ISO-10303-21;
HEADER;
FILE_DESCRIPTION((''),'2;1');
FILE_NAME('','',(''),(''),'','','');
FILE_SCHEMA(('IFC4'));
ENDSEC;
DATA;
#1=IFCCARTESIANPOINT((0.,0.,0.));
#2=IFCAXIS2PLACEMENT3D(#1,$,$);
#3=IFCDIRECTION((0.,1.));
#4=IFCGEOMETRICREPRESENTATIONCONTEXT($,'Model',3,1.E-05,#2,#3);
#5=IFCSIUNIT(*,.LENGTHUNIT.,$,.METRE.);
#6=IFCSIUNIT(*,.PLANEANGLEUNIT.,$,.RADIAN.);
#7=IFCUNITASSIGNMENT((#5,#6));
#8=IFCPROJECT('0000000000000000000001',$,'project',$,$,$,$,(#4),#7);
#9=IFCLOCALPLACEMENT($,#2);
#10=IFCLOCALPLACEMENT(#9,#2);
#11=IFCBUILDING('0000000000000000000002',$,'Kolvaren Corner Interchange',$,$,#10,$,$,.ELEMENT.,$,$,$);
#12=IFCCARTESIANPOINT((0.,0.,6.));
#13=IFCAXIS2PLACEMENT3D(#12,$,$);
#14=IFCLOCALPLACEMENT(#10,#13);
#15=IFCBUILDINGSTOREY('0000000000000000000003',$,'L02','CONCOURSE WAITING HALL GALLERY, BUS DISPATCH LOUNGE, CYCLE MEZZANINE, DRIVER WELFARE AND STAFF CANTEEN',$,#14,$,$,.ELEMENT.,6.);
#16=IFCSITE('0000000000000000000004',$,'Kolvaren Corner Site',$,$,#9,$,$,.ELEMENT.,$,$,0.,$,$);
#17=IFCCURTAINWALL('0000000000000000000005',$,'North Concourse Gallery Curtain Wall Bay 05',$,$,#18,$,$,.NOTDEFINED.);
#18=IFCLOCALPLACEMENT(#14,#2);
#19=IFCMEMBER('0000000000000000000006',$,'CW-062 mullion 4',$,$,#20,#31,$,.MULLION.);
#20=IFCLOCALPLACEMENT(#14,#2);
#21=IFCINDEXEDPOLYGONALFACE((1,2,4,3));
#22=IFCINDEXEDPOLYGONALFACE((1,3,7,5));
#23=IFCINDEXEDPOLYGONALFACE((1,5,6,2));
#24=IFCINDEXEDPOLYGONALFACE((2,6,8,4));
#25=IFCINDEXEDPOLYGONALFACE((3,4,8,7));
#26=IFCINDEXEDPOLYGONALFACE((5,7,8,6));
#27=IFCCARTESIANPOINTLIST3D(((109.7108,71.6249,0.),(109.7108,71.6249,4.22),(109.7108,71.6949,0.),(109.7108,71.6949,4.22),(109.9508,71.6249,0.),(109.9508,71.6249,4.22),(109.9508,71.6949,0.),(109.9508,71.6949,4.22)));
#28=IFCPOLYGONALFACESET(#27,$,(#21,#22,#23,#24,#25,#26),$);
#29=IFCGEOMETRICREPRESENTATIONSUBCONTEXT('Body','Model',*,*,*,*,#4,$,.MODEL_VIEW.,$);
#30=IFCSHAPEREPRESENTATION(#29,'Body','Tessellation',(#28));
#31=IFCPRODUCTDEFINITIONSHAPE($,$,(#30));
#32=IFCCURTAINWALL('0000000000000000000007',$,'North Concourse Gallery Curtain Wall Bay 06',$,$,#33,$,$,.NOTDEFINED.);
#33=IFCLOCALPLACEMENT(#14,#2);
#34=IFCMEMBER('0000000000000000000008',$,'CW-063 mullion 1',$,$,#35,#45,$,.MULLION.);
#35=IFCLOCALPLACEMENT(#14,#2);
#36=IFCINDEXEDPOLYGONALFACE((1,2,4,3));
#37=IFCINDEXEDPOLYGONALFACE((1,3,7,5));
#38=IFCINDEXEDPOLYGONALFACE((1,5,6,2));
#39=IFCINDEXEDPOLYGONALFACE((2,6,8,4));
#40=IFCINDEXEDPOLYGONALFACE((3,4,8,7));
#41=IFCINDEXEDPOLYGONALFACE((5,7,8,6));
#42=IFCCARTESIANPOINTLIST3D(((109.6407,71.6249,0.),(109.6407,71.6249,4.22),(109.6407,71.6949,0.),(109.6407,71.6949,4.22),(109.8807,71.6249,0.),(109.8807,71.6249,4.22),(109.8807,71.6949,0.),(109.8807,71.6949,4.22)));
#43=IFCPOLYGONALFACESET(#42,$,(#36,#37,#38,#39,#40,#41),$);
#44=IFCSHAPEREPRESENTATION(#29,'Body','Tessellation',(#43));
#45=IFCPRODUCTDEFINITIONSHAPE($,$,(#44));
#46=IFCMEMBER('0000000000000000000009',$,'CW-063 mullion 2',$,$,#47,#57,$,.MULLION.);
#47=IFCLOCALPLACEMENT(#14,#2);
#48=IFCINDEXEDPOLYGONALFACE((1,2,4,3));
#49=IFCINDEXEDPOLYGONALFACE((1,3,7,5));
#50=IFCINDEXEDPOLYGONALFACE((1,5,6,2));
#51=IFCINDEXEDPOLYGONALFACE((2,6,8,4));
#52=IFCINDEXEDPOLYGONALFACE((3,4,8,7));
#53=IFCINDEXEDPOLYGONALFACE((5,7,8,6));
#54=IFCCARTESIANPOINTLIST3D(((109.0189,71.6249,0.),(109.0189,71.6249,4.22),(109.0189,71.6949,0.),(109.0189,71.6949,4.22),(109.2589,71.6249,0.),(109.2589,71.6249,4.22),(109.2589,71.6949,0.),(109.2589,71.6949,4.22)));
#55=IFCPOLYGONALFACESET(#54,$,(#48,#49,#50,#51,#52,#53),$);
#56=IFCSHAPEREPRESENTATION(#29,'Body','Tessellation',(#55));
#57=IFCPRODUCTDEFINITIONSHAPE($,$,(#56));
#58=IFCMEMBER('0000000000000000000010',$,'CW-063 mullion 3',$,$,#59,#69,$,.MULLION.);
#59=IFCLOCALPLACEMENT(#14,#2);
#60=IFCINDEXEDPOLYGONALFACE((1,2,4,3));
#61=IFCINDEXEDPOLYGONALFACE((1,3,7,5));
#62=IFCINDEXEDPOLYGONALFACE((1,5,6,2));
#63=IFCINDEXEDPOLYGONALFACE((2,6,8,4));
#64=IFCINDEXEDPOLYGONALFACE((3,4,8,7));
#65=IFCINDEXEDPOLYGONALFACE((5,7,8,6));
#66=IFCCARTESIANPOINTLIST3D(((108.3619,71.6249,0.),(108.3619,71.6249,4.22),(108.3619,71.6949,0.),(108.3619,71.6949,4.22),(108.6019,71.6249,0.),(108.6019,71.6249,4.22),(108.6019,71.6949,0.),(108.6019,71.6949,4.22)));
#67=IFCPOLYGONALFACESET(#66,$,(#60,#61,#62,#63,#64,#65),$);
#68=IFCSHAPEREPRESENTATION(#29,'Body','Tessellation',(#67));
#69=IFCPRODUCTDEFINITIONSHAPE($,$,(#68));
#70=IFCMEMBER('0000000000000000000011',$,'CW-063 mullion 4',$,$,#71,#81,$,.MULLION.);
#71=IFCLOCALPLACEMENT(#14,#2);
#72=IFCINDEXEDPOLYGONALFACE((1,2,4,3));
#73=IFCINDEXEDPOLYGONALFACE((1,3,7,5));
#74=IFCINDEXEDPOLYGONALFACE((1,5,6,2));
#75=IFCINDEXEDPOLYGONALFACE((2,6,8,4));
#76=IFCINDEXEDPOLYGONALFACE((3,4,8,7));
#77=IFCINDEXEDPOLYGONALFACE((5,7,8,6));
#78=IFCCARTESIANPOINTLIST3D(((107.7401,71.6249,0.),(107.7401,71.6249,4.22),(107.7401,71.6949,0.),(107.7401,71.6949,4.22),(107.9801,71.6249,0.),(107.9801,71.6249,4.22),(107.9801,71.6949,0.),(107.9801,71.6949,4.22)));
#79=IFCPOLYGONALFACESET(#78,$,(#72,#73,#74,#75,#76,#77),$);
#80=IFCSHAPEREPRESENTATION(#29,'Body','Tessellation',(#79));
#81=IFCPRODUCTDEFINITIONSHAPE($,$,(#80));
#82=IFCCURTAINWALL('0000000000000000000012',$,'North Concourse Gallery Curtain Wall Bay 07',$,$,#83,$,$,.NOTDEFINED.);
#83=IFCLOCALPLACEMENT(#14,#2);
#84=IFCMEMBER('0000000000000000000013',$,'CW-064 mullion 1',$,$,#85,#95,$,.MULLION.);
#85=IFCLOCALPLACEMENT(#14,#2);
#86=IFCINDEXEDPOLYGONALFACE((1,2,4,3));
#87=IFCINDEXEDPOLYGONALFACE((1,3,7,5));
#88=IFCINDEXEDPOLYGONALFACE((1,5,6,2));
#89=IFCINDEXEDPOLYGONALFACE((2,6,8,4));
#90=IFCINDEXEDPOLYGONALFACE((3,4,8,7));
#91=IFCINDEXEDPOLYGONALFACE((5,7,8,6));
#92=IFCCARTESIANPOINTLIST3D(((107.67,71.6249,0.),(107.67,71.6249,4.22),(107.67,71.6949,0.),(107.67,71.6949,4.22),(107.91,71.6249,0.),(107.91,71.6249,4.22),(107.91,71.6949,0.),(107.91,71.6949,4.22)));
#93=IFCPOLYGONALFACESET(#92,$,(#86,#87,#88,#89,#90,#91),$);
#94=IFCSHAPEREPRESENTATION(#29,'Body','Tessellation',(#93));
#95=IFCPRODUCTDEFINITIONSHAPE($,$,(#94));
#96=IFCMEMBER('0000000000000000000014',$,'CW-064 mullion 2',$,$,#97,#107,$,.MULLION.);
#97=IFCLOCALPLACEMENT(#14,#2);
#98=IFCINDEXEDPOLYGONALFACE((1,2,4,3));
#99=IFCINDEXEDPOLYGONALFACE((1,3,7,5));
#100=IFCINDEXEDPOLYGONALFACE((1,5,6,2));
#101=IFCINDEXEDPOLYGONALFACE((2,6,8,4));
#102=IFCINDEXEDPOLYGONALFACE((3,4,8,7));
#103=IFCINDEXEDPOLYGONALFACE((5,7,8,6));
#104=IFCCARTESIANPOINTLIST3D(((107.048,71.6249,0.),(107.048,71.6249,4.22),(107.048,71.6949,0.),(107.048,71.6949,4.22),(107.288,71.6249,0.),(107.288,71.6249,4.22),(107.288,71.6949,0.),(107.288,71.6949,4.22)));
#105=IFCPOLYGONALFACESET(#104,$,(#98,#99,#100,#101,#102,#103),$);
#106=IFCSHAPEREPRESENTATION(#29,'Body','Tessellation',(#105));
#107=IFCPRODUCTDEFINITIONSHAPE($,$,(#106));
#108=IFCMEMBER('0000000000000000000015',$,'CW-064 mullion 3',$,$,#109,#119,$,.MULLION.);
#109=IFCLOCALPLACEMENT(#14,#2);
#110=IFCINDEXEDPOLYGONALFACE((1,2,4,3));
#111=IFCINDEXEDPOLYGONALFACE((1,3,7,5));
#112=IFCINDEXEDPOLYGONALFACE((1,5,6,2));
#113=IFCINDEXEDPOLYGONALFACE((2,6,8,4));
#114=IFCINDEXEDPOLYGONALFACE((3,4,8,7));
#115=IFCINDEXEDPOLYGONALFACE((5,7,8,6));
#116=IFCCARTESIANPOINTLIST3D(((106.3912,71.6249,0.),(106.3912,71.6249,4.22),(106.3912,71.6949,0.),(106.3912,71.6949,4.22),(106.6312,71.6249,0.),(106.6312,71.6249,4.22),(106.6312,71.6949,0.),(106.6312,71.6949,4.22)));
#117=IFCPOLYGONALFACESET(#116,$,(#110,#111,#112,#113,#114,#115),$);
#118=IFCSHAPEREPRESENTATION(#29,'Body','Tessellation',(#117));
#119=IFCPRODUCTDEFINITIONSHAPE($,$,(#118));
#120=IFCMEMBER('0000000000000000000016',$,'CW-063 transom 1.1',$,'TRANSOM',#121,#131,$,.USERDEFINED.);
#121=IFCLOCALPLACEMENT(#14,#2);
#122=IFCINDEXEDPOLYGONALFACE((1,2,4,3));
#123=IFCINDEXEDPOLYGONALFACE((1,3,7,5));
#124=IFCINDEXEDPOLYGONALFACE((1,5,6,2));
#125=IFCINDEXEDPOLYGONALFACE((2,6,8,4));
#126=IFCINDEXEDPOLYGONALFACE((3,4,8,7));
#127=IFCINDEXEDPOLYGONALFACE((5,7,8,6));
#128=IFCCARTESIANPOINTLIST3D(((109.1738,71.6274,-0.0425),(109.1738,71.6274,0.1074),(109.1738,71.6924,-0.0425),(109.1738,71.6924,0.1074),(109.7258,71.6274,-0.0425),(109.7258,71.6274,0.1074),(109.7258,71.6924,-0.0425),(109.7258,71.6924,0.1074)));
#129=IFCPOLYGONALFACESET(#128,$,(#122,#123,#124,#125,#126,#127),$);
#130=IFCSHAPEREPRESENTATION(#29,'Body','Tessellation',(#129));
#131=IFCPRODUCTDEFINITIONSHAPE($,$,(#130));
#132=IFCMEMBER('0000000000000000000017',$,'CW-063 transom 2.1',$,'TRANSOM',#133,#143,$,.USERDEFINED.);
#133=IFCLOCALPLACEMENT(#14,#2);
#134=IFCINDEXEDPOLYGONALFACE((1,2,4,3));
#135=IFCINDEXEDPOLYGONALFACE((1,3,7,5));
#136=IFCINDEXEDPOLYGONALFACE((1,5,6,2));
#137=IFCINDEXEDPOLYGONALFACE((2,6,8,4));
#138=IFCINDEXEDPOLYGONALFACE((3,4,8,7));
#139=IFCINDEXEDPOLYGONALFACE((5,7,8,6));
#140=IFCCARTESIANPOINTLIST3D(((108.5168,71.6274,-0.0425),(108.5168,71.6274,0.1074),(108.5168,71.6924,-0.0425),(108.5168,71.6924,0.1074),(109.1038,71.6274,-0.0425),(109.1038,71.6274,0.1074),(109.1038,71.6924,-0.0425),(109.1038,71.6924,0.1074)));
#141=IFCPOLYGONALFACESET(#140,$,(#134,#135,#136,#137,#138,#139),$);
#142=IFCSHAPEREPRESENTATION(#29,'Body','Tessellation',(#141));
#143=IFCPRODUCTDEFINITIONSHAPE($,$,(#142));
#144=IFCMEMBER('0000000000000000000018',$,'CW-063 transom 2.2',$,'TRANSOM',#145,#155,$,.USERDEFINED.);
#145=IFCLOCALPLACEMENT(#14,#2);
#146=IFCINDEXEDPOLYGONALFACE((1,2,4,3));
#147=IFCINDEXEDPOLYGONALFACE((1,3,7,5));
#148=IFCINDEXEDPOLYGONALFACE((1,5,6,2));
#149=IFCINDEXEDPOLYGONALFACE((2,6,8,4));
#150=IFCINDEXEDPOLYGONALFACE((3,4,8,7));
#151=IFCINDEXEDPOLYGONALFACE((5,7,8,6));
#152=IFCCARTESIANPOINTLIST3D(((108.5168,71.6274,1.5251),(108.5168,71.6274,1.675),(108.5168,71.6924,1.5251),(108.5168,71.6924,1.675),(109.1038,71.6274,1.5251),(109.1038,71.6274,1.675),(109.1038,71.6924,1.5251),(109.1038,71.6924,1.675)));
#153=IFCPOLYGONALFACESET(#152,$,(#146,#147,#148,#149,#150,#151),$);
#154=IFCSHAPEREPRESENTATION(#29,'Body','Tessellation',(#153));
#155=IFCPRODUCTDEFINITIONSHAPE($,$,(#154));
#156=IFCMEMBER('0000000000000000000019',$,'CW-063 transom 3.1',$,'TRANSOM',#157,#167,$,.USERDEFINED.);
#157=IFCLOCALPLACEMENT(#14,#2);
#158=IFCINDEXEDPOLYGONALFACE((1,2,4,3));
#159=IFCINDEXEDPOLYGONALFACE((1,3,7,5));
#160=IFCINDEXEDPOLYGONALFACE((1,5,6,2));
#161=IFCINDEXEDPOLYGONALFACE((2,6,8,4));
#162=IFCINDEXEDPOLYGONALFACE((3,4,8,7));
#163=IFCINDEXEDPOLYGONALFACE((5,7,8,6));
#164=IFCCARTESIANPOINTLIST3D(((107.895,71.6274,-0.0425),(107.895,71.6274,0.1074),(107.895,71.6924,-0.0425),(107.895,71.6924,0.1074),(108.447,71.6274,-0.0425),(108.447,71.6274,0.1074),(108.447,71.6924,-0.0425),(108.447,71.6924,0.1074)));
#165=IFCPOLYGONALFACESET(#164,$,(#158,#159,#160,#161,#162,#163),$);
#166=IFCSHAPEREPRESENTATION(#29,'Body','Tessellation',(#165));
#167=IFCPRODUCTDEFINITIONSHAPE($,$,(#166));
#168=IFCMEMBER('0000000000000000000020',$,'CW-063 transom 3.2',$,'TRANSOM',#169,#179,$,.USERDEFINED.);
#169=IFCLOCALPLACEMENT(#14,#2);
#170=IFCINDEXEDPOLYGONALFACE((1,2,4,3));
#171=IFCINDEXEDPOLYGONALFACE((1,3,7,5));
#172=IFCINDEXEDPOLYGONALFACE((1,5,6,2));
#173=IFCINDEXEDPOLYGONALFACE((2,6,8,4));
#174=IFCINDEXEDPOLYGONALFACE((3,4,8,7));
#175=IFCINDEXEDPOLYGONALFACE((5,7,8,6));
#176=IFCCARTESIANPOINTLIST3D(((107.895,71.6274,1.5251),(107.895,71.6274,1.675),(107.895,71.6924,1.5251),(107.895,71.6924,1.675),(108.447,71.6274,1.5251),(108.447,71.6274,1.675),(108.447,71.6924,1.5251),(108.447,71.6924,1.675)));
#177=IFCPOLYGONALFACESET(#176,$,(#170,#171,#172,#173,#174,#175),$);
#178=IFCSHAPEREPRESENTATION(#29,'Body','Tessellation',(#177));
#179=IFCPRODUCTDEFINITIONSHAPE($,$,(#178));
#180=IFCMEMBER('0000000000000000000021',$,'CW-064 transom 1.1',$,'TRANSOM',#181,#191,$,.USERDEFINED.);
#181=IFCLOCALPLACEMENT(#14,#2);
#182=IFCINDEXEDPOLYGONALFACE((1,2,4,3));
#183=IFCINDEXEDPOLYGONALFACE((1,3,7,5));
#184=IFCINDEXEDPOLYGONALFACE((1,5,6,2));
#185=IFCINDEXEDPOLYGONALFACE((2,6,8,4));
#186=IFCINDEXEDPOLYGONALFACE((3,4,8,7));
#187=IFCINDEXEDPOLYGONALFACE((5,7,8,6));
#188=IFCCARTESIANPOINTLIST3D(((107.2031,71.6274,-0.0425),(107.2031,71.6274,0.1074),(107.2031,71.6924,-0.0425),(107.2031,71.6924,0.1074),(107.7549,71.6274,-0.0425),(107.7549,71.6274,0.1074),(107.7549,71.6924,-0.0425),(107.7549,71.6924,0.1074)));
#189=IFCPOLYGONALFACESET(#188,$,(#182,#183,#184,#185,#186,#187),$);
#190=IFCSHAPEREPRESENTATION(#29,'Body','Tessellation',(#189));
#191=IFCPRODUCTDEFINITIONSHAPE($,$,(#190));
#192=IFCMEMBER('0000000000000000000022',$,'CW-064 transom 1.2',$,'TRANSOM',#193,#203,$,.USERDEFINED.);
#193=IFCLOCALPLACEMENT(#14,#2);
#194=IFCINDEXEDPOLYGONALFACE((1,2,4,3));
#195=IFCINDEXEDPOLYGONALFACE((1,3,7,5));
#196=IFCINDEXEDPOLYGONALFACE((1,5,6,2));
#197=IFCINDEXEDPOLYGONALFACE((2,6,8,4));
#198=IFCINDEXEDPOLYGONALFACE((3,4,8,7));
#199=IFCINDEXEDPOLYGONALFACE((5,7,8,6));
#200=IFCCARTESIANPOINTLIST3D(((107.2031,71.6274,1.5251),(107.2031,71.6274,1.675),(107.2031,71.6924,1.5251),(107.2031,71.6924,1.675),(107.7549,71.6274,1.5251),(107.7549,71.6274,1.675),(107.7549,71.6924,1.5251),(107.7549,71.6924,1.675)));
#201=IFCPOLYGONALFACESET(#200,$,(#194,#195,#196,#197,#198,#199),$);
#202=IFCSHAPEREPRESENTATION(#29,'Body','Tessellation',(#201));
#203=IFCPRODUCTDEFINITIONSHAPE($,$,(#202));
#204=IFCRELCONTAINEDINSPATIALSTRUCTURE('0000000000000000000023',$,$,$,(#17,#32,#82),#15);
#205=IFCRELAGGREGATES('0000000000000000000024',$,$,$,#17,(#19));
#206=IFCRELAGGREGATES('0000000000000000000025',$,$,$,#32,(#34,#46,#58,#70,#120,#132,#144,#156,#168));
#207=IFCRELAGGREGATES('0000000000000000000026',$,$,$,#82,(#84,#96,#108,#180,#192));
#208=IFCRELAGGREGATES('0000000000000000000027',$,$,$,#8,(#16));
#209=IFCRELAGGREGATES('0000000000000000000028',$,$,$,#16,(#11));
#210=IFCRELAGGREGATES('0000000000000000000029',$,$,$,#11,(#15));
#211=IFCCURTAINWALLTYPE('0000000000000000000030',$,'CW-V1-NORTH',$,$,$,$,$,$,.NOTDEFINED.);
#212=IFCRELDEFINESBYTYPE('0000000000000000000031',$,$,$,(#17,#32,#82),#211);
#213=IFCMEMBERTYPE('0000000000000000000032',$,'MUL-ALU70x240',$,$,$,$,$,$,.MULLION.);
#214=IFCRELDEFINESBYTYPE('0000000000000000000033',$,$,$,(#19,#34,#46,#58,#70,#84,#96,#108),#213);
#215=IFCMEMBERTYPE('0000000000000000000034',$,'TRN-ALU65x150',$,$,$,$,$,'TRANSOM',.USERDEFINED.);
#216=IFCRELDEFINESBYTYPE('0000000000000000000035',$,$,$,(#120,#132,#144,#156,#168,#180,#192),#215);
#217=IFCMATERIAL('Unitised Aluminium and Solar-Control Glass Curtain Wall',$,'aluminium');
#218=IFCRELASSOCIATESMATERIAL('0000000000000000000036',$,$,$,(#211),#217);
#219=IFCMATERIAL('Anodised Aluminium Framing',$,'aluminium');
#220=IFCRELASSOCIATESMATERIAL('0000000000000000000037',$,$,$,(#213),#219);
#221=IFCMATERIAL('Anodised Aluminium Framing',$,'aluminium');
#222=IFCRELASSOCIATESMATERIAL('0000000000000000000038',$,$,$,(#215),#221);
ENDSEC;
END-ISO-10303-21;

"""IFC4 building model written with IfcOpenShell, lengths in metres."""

from ifc_helpers import new_model, si_unit, direction, frame, origin, origin_2d, place, context, subcontext, project, spatial, rectangle, extrude, material, material_profile, profile_set, type_object, element, aggregate, save


model = new_model("IFC4")

# Units and contexts
model_context = context("Model", 3, precision=1e-05, world=origin(), true_north=direction((0.0, 1.0)))
body_context = subcontext(model_context, "Body", "Model", "MODEL_VIEW")
ifc_project = project(units=[si_unit("LENGTHUNIT", "METRE"), si_unit("PLANEANGLEUNIT", "RADIAN")], contexts=[model_context])

# Site, building, storey
site_placement = place(None, origin())
site = spatial("IfcSite", under=ifc_project, at=site_placement, Name="Kolvaren Corner Site", CompositionType="ELEMENT", RefElevation=0.0)
building_placement = place(site_placement, origin())
building = spatial("IfcBuilding", under=site, at=building_placement, Name="Kolvaren Corner Interchange", CompositionType="ELEMENT")
storey_placement = place(building_placement, frame((0.0, 0.0, 6.0)))
storey = spatial("IfcBuildingStorey", under=building, at=storey_placement, Name="L02", Description="CONCOURSE WAITING HALL GALLERY, BUS DISPATCH LOUNGE, CYCLE MEZZANINE, DRIVER WELFARE AND STAFF CANTEEN", CompositionType="ELEMENT", Elevation=6.0)

# Curtain wall, member
ifc_material_1 = material(Name="Unitised Aluminium and Solar-Control Glass Curtain Wall", Category="aluminium")
curtain_wall_type = type_object("IfcCurtainWallType", Name="CW-V1-NORTH", PredefinedType="NOTDEFINED", material=ifc_material_1)
curtain_wall_1_placement = place(storey_placement, origin())
curtain_wall_1 = element("IfcCurtainWall", 1, at=curtain_wall_1_placement, inside=storey, type_object=curtain_wall_type, Name="North Concourse Gallery Curtain Wall Bay 05", PredefinedType="NOTDEFINED")
ifc_material_2 = material(Name="Anodised Aluminium Framing", Category="aluminium")
ifc_material_profile_1 = material_profile(ifc_material_2, rectangle(XDim=0.0701, YDim=0.24, at=origin_2d()), Name="ALU 70x240")
ifc_profile_set_1 = profile_set([ifc_material_profile_1], Name="Anodised Aluminium Framing")
member_type_1 = type_object("IfcMemberType", Name="MUL-ALU70x240", PredefinedType="MULLION", material=ifc_profile_set_1)
member_1_placement = place(storey_placement, frame((109.8308, 71.6599, 0.0), z_axis=(0.0, 0.0, 1.0), x_axis=(0.0, -1.0, 0.0)))
member_1 = element("IfcMember", 2, at=member_1_placement, type_object=member_type_1, Name="CW-062 mullion 4", PredefinedType="MULLION", context=body_context, shape_type="SweptSolid", body=[
    extrude(rectangle(XDim=0.0701, YDim=0.24, at=origin_2d()), origin(), (0.0, 0.0, 1.0), 4.22),
])
aggregate(curtain_wall_1, [member_1])

# Curtain walls, members
curtain_wall_2_placement = place(storey_placement, origin())
curtain_wall_2 = element("IfcCurtainWall", 3, at=curtain_wall_2_placement, inside=storey, type_object=curtain_wall_type, Name="North Concourse Gallery Curtain Wall Bay 06", PredefinedType="NOTDEFINED")
member_2_placement = place(storey_placement, frame((109.7607, 71.6599, 0.0), z_axis=(0.0, 0.0, 1.0), x_axis=(0.0, -1.0, 0.0)))
member_2 = element("IfcMember", 4, at=member_2_placement, type_object=member_type_1, Name="CW-063 mullion 1", PredefinedType="MULLION", context=body_context, shape_type="SweptSolid", body=[
    extrude(rectangle(XDim=0.0701, YDim=0.24, at=origin_2d()), origin(), (0.0, 0.0, 1.0), 4.22),
])
member_3_placement = place(storey_placement, frame((109.1389, 71.6599, 0.0), z_axis=(0.0, 0.0, 1.0), x_axis=(0.0, -1.0, 0.0)))
member_3 = element("IfcMember", 5, at=member_3_placement, type_object=member_type_1, Name="CW-063 mullion 2", PredefinedType="MULLION", context=body_context, shape_type="SweptSolid", body=[
    extrude(rectangle(XDim=0.0701, YDim=0.24, at=origin_2d()), origin(), (0.0, 0.0, 1.0), 4.22),
])
member_4_placement = place(storey_placement, frame((108.4819, 71.6599, 0.0), z_axis=(0.0, 0.0, 1.0), x_axis=(0.0, -1.0, 0.0)))
member_4 = element("IfcMember", 6, at=member_4_placement, type_object=member_type_1, Name="CW-063 mullion 3", PredefinedType="MULLION", context=body_context, shape_type="SweptSolid", body=[
    extrude(rectangle(XDim=0.0701, YDim=0.24, at=origin_2d()), origin(), (0.0, 0.0, 1.0), 4.22),
])
member_5_placement = place(storey_placement, frame((107.8601, 71.6599, 0.0), z_axis=(0.0, 0.0, 1.0), x_axis=(0.0, -1.0, 0.0)))
member_5 = element("IfcMember", 7, at=member_5_placement, type_object=member_type_1, Name="CW-063 mullion 4", PredefinedType="MULLION", context=body_context, shape_type="SweptSolid", body=[
    extrude(rectangle(XDim=0.0701, YDim=0.24, at=origin_2d()), origin(), (0.0, 0.0, 1.0), 4.22),
])
curtain_wall_3_placement = place(storey_placement, origin())
curtain_wall_3 = element("IfcCurtainWall", 8, at=curtain_wall_3_placement, inside=storey, type_object=curtain_wall_type, Name="North Concourse Gallery Curtain Wall Bay 07", PredefinedType="NOTDEFINED")
member_6_placement = place(storey_placement, frame((107.79, 71.6599, 0.0), z_axis=(0.0, 0.0, 1.0), x_axis=(0.0, -1.0, 0.0)))
member_6 = element("IfcMember", 9, at=member_6_placement, type_object=member_type_1, Name="CW-064 mullion 1", PredefinedType="MULLION", context=body_context, shape_type="SweptSolid", body=[
    extrude(rectangle(XDim=0.0701, YDim=0.24, at=origin_2d()), origin(), (0.0, 0.0, 1.0), 4.22),
])
member_7_placement = place(storey_placement, frame((107.168, 71.6599, 0.0), z_axis=(0.0, 0.0, 1.0), x_axis=(0.0, -1.0, 0.0)))
member_7 = element("IfcMember", 10, at=member_7_placement, type_object=member_type_1, Name="CW-064 mullion 2", PredefinedType="MULLION", context=body_context, shape_type="SweptSolid", body=[
    extrude(rectangle(XDim=0.0701, YDim=0.24, at=origin_2d()), origin(), (0.0, 0.0, 1.0), 4.22),
])
member_8_placement = place(storey_placement, frame((106.5112, 71.6599, 0.0), z_axis=(0.0, 0.0, 1.0), x_axis=(0.0, -1.0, 0.0)))
member_8 = element("IfcMember", 11, at=member_8_placement, type_object=member_type_1, Name="CW-064 mullion 3", PredefinedType="MULLION", context=body_context, shape_type="SweptSolid", body=[
    extrude(rectangle(XDim=0.0701, YDim=0.24, at=origin_2d()), origin(), (0.0, 0.0, 1.0), 4.22),
])

# Members
ifc_material_3 = material(Name="Anodised Aluminium Framing", Category="aluminium")
ifc_material_profile_2 = material_profile(ifc_material_3, rectangle(XDim=0.0649, YDim=0.1499, at=origin_2d()), Name="ALU 65x150")
ifc_profile_set_2 = profile_set([ifc_material_profile_2], Name="Anodised Aluminium Framing")
member_type_2 = type_object("IfcMemberType", Name="TRN-ALU65x150", ElementType="TRANSOM", PredefinedType="USERDEFINED", material=ifc_profile_set_2)
member_9_placement = place(storey_placement, frame((109.7258, 71.6599, 0.0325), z_axis=(-1.0, 0.0, 0.0), x_axis=(0.0, -1.0, 0.0)))
member_9 = element("IfcMember", 12, at=member_9_placement, type_object=member_type_2, Name="CW-063 transom 1.1", ObjectType="TRANSOM", PredefinedType="USERDEFINED", context=body_context, shape_type="SweptSolid", body=[
    extrude(rectangle(XDim=0.0649, YDim=0.1499, at=origin_2d()), origin(), (0.0, 0.0, 1.0), 0.552),
])
member_10_placement = place(storey_placement, frame((109.1038, 71.6599, 0.0325), z_axis=(-1.0, 0.0, 0.0), x_axis=(0.0, -1.0, 0.0)))
member_10 = element("IfcMember", 13, at=member_10_placement, type_object=member_type_2, Name="CW-063 transom 2.1", ObjectType="TRANSOM", PredefinedType="USERDEFINED", context=body_context, shape_type="SweptSolid", body=[
    extrude(rectangle(XDim=0.0649, YDim=0.1499, at=origin_2d()), origin(), (0.0, 0.0, 1.0), 0.5869),
])
member_11_placement = place(storey_placement, frame((109.1038, 71.6599, 1.6001), z_axis=(-1.0, 0.0, 0.0), x_axis=(0.0, -1.0, 0.0)))
member_11 = element("IfcMember", 14, at=member_11_placement, type_object=member_type_2, Name="CW-063 transom 2.2", ObjectType="TRANSOM", PredefinedType="USERDEFINED", context=body_context, shape_type="SweptSolid", body=[
    extrude(rectangle(XDim=0.0649, YDim=0.1499, at=origin_2d()), origin(), (0.0, 0.0, 1.0), 0.5869),
])
member_12_placement = place(storey_placement, frame((108.447, 71.6599, 0.0325), z_axis=(-1.0, 0.0, 0.0), x_axis=(0.0, -1.0, 0.0)))
member_12 = element("IfcMember", 15, at=member_12_placement, type_object=member_type_2, Name="CW-063 transom 3.1", ObjectType="TRANSOM", PredefinedType="USERDEFINED", context=body_context, shape_type="SweptSolid", body=[
    extrude(rectangle(XDim=0.0649, YDim=0.1499, at=origin_2d()), origin(), (0.0, 0.0, 1.0), 0.552),
])
member_13_placement = place(storey_placement, frame((108.447, 71.6599, 1.6001), z_axis=(-1.0, 0.0, 0.0), x_axis=(0.0, -1.0, 0.0)))
member_13 = element("IfcMember", 16, at=member_13_placement, type_object=member_type_2, Name="CW-063 transom 3.2", ObjectType="TRANSOM", PredefinedType="USERDEFINED", context=body_context, shape_type="SweptSolid", body=[
    extrude(rectangle(XDim=0.0649, YDim=0.1499, at=origin_2d()), origin(), (0.0, 0.0, 1.0), 0.552),
])
member_14_placement = place(storey_placement, frame((107.7549, 71.6599, 0.0325), z_axis=(-1.0, 0.0, 0.0), x_axis=(0.0, -1.0, 0.0)))
member_14 = element("IfcMember", 17, at=member_14_placement, type_object=member_type_2, Name="CW-064 transom 1.1", ObjectType="TRANSOM", PredefinedType="USERDEFINED", context=body_context, shape_type="SweptSolid", body=[
    extrude(rectangle(XDim=0.0649, YDim=0.1499, at=origin_2d()), origin(), (0.0, 0.0, 1.0), 0.5518),
])
member_15_placement = place(storey_placement, frame((107.7549, 71.6599, 1.6001), z_axis=(-1.0, 0.0, 0.0), x_axis=(0.0, -1.0, 0.0)))
member_15 = element("IfcMember", 18, at=member_15_placement, type_object=member_type_2, Name="CW-064 transom 1.2", ObjectType="TRANSOM", PredefinedType="USERDEFINED", context=body_context, shape_type="SweptSolid", body=[
    extrude(rectangle(XDim=0.0649, YDim=0.1499, at=origin_2d()), origin(), (0.0, 0.0, 1.0), 0.5518),
])

aggregate(curtain_wall_2, [member_2, member_3, member_4, member_5, member_9, member_10, member_11, member_12, member_13])
aggregate(curtain_wall_3, [member_6, member_7, member_8, member_14, member_15])

save(model, "model.ifc")
